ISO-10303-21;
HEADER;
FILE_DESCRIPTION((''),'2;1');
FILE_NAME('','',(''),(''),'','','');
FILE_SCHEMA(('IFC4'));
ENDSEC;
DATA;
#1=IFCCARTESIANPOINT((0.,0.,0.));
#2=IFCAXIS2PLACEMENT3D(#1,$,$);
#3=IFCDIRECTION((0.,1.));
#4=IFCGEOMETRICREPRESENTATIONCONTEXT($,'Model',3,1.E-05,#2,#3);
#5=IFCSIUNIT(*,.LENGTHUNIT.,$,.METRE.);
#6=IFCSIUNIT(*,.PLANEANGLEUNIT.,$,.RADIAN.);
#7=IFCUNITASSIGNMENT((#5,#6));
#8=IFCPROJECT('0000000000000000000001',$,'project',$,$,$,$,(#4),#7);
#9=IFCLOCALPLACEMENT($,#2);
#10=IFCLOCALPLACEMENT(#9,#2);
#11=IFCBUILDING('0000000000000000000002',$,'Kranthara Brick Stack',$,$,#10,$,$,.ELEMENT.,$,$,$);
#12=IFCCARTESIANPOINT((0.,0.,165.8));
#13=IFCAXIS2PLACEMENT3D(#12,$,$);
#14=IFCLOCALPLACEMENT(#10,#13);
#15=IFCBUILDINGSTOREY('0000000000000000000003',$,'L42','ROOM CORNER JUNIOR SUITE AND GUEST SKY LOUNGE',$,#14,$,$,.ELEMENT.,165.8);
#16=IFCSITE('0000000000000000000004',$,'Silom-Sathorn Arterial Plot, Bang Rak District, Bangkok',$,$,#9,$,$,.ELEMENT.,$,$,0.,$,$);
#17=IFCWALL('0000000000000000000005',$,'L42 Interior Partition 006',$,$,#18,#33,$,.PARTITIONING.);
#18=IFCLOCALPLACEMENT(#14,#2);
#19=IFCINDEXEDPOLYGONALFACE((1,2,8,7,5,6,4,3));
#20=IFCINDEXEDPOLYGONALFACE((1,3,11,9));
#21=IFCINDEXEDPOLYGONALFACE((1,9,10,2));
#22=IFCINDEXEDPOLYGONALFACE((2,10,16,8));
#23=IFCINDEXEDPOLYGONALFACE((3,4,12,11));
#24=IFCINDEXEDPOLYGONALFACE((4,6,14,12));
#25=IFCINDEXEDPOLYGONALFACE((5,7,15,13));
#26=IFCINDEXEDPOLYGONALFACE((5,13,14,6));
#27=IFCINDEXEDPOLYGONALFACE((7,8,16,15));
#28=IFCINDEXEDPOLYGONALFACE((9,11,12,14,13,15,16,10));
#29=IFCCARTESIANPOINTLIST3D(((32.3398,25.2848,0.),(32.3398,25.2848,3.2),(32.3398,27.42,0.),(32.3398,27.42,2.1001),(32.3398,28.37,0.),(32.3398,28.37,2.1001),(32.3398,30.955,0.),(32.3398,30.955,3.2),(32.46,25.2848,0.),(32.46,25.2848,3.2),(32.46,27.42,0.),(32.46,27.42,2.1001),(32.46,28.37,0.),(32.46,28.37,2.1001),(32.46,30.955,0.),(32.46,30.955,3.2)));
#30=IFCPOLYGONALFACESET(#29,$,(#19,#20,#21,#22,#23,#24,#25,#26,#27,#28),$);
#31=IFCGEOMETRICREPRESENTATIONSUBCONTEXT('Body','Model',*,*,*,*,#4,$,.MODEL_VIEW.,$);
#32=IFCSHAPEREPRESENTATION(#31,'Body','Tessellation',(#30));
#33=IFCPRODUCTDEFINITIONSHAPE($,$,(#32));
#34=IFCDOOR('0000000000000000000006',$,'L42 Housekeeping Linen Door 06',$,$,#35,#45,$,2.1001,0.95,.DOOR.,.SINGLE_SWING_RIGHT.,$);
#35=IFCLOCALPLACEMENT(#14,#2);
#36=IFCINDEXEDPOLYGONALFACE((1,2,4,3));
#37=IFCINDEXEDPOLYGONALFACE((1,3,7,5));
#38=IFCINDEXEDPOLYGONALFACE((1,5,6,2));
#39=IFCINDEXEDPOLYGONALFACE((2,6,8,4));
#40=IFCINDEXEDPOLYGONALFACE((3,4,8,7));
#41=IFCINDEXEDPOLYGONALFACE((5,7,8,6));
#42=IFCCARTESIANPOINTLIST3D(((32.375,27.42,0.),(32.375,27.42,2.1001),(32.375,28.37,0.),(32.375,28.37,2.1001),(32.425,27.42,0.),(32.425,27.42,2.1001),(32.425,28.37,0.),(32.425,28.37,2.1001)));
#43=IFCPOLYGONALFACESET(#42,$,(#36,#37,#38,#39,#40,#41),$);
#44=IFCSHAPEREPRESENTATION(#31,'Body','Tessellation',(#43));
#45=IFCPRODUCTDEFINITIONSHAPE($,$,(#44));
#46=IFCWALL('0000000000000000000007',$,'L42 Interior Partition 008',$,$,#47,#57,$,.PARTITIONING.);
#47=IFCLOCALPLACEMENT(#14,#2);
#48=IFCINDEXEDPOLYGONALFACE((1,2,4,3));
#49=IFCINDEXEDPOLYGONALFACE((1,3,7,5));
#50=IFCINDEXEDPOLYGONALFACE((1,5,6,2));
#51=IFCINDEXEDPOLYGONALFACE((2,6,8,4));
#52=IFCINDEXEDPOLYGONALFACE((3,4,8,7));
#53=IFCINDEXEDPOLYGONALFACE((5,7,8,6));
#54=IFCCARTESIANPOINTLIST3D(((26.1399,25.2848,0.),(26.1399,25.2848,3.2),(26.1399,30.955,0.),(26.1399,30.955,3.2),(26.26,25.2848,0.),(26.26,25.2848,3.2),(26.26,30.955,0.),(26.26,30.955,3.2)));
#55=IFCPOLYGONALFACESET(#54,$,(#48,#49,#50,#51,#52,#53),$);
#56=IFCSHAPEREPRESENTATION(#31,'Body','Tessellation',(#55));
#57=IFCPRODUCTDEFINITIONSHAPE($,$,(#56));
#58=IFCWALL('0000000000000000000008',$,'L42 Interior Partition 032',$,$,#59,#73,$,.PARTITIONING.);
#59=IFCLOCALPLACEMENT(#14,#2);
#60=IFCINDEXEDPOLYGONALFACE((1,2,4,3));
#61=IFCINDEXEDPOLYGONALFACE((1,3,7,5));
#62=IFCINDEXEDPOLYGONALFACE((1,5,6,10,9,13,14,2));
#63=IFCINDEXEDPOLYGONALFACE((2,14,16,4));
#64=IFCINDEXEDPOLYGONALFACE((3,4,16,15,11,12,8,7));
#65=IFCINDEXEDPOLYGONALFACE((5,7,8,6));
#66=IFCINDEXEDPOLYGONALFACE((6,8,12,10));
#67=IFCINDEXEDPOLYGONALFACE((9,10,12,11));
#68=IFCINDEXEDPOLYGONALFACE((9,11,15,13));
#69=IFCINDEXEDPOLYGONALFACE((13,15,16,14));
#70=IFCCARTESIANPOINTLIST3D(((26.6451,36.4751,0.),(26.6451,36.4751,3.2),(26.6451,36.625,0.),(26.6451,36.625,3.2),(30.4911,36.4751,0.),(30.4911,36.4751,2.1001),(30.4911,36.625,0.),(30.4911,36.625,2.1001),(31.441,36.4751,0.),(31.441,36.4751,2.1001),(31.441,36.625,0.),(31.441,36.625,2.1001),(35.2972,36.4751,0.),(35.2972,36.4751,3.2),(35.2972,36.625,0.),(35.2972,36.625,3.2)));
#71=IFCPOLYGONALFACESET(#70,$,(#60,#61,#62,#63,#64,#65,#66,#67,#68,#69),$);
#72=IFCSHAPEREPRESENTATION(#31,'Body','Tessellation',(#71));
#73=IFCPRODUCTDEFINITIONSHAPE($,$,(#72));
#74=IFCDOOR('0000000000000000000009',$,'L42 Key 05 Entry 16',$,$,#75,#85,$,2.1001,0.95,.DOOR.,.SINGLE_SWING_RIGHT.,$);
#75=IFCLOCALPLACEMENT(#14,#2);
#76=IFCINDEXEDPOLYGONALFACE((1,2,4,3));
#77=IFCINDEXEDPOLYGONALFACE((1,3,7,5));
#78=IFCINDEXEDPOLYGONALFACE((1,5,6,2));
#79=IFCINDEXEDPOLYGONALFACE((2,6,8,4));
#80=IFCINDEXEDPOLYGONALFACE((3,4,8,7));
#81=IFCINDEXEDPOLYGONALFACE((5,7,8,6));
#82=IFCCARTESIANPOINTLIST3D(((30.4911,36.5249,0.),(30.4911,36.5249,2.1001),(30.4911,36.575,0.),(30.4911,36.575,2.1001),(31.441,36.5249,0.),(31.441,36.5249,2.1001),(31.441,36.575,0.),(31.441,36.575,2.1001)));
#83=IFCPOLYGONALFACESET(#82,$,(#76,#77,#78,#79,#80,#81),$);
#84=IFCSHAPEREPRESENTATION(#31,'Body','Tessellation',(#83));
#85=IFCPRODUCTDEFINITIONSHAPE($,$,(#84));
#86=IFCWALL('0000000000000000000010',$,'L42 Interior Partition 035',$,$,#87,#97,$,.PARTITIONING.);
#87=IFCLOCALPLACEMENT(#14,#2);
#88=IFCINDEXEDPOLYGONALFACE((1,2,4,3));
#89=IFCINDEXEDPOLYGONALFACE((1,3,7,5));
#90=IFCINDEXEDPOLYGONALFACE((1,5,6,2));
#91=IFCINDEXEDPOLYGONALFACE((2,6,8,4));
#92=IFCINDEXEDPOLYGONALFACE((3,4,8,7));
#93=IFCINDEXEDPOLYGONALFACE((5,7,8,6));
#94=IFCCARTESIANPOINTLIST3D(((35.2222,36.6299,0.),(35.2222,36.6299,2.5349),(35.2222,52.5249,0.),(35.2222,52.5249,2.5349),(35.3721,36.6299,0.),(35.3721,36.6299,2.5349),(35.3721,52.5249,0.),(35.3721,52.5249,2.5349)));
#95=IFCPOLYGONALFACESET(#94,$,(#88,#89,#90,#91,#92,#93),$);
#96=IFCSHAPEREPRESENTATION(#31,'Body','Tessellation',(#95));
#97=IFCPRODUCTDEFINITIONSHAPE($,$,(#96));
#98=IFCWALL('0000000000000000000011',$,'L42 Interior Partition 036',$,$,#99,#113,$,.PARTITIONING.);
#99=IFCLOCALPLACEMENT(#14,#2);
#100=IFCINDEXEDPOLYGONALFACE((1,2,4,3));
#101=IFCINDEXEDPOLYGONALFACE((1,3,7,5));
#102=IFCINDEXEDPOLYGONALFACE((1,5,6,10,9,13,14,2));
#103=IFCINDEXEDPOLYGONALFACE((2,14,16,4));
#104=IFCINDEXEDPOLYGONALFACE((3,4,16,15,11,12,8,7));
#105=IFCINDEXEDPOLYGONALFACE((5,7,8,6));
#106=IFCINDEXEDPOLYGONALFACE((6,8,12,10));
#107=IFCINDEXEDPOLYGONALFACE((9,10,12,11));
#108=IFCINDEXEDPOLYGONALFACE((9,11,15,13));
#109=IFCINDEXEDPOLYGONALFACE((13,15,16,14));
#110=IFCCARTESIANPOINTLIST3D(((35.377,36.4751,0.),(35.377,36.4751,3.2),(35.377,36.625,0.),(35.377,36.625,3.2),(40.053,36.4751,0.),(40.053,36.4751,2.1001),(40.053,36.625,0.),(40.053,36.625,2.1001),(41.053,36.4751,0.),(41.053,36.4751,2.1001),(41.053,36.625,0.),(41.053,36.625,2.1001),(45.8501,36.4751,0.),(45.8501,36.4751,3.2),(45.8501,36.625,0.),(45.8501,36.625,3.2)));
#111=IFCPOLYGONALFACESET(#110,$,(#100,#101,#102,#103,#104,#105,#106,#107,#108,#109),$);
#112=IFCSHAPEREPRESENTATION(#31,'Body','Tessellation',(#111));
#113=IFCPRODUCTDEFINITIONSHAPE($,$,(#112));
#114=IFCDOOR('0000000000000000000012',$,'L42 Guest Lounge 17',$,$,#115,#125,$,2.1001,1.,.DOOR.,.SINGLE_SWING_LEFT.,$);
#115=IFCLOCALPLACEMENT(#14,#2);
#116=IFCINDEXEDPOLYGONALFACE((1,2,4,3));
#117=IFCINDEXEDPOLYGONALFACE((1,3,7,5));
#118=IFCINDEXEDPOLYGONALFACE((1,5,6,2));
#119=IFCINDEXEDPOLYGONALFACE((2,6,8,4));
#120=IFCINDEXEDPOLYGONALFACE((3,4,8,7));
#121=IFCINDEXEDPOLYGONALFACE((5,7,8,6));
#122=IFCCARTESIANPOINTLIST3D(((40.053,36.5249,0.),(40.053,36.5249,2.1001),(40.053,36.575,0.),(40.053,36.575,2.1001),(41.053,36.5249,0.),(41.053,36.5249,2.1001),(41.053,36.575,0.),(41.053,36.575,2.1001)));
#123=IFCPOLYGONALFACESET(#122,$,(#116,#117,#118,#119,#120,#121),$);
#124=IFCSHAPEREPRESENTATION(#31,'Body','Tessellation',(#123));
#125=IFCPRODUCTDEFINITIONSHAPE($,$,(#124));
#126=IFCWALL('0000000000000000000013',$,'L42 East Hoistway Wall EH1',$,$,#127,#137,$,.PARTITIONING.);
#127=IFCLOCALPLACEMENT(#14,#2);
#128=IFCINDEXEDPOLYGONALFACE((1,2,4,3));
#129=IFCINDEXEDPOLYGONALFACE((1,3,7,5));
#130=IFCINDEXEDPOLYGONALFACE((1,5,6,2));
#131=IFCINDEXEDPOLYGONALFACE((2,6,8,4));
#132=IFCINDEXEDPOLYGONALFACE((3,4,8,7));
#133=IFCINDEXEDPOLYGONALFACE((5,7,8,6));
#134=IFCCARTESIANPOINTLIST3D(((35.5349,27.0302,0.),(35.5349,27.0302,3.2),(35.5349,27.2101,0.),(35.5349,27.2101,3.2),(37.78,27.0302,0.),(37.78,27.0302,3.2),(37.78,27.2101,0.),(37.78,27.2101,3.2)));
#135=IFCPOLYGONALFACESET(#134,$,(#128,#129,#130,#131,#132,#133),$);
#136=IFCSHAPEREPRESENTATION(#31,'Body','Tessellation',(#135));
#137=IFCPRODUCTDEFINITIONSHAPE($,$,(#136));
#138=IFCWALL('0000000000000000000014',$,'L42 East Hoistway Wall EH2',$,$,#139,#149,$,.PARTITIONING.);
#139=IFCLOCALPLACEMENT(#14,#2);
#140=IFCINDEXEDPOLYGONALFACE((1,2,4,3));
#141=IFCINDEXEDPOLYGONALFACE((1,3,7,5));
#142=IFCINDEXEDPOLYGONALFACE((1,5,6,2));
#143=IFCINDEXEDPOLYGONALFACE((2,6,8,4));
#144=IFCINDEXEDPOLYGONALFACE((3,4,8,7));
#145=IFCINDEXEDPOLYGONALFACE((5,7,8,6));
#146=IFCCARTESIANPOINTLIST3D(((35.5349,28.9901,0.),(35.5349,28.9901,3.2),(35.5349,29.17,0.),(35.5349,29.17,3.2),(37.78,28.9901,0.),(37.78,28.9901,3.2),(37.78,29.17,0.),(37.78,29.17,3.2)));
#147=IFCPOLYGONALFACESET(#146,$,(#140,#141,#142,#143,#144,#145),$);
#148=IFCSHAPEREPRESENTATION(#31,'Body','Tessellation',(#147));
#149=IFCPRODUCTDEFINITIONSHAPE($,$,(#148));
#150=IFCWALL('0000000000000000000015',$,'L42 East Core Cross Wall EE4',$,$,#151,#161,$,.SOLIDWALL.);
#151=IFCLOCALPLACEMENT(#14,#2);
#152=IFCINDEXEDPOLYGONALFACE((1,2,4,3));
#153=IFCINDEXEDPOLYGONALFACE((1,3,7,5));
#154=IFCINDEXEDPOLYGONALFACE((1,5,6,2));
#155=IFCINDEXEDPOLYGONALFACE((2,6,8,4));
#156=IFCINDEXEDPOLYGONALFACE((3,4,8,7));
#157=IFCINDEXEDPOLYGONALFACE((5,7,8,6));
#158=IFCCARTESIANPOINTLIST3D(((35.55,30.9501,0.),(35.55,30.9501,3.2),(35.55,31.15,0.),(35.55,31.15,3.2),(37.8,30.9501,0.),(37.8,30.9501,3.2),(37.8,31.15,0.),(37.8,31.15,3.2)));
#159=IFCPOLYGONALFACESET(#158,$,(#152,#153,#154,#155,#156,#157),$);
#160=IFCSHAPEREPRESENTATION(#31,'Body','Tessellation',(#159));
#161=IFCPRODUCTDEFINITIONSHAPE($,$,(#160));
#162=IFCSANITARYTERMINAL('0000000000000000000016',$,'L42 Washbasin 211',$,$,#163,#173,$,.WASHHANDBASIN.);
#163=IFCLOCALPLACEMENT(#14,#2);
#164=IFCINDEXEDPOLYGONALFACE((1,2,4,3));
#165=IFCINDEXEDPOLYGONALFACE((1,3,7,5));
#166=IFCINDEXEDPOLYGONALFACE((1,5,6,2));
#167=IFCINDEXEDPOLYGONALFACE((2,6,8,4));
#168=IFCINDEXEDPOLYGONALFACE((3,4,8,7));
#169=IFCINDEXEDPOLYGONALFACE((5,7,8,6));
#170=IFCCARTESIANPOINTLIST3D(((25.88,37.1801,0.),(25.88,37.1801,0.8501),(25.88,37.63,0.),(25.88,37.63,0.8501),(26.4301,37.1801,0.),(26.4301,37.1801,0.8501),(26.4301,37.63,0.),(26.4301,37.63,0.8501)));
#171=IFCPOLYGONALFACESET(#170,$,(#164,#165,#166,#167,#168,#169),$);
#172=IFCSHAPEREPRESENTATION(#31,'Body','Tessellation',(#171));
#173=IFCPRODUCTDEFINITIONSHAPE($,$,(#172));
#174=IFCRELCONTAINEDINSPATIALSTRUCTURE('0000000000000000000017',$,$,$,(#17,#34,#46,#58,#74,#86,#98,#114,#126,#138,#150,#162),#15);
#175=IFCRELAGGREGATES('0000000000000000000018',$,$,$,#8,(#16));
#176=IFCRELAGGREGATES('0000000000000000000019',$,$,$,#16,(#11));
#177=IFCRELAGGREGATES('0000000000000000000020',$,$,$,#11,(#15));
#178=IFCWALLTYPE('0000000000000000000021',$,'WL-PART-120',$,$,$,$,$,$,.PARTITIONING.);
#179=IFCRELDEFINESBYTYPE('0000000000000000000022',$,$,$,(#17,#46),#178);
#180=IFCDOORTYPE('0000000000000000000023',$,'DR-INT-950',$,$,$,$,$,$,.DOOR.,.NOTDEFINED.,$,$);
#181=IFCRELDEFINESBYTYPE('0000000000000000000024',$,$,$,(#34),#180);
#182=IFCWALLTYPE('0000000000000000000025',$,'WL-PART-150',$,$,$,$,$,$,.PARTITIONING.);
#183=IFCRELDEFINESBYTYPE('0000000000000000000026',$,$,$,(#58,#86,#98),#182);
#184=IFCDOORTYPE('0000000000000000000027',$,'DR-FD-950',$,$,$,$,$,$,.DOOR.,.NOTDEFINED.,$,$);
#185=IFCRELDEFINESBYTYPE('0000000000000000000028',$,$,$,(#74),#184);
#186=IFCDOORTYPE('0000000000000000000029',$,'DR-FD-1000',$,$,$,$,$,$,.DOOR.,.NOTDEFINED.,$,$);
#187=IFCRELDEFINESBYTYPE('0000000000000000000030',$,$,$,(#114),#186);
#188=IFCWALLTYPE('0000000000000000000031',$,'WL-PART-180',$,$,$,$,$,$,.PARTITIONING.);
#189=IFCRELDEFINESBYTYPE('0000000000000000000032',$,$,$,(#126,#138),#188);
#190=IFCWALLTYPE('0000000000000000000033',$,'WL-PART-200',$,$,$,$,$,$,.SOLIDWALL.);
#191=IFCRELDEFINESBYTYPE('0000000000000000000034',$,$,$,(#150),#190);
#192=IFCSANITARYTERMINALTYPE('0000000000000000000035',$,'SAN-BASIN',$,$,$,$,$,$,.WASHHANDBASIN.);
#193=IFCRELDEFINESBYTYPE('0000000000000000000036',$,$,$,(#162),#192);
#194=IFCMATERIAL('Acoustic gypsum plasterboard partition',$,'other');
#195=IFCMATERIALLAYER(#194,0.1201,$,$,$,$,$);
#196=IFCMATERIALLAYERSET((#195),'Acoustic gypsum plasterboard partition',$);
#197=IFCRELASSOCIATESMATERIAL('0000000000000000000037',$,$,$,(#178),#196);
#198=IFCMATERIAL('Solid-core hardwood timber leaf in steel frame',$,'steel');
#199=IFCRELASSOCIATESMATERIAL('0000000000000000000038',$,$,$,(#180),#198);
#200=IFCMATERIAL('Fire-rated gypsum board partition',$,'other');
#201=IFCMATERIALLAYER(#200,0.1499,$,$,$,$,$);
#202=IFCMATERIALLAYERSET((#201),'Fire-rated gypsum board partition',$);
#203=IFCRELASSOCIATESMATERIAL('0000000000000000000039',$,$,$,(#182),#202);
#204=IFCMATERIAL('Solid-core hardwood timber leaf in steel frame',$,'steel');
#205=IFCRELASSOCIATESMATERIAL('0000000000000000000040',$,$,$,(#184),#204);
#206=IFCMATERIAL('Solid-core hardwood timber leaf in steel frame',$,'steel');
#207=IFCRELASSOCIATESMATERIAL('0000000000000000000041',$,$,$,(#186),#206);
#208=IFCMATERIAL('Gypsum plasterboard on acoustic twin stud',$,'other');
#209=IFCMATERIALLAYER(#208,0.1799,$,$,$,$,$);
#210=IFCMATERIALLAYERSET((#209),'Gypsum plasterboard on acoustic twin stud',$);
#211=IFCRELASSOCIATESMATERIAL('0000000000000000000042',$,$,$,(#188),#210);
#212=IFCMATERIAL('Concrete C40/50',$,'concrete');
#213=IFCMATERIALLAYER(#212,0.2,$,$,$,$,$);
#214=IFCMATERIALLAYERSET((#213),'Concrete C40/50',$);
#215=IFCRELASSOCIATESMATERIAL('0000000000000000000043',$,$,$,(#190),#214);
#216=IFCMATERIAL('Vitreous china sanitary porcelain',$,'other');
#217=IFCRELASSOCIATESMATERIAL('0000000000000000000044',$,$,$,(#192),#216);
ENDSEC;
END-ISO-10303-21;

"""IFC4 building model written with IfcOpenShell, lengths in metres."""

from ifc_helpers import new_model, si_unit, direction, frame, frame_2d, origin, origin_2d, place, context, subcontext, project, spatial, rectangle, extrude, material, layer, layer_set, type_object, element, fill, save


model = new_model("IFC4")

# Units and contexts
model_context = context("Model", 3, precision=1e-05, world=origin(), true_north=direction((0.0, 1.0)))
body_context = subcontext(model_context, "Body", "Model", "MODEL_VIEW")
ifc_project = project(units=[si_unit("LENGTHUNIT", "METRE"), si_unit("PLANEANGLEUNIT", "RADIAN")], contexts=[model_context])

# Site, building, storey
site_placement = place(None, origin())
site = spatial("IfcSite", under=ifc_project, at=site_placement, Name="Silom-Sathorn Arterial Plot, Bang Rak District, Bangkok", CompositionType="ELEMENT", RefElevation=0.0)
building_placement = place(site_placement, origin())
building = spatial("IfcBuilding", under=site, at=building_placement, Name="Kranthara Brick Stack", CompositionType="ELEMENT")
storey_placement = place(building_placement, frame((0.0, 0.0, 165.8)))
storey = spatial("IfcBuildingStorey", under=building, at=storey_placement, Name="L42", Description="ROOM CORNER JUNIOR SUITE AND GUEST SKY LOUNGE", CompositionType="ELEMENT", Elevation=165.8)

# Wall, opening, door
ifc_material_1 = material(Name="Acoustic gypsum plasterboard partition", Category="other")
ifc_layer_1 = layer(ifc_material_1, 0.1201)
ifc_layer_set_1 = layer_set([ifc_layer_1], Name="Acoustic gypsum plasterboard partition")
wall_type_1 = type_object("IfcWallType", Name="WL-PART-120", PredefinedType="PARTITIONING", material=ifc_layer_set_1)
wall_1_placement = place(storey_placement, frame((32.3999, 25.2849, 0.0), z_axis=(0.0, 0.0, 1.0), x_axis=(0.0, 1.0, 0.0)))
wall_1 = element("IfcWall", 1, at=wall_1_placement, inside=storey, type_object=wall_type_1, Name="L42 Interior Partition 006", PredefinedType="PARTITIONING", context=body_context, shape_type="SweptSolid", body=[
    extrude(rectangle(XDim=5.6702, YDim=0.1201, at=frame_2d((2.835, 0.0))), origin(), (0.0, 0.0, 1.0), 3.2),
])
opening_1_placement = place(wall_1_placement, frame((2.135, 0.0, 0.0)))
opening_1 = element("IfcOpeningElement", 2, at=opening_1_placement, cuts=wall_1, PredefinedType="OPENING", context=body_context, shape_type="SweptSolid", body=[
    extrude(rectangle(XDim=0.95, YDim=2.1001, at=frame_2d((0.4751, 1.05))), frame((0.0, 0.0701, 0.0), z_axis=(0.0, -1.0, 0.0), x_axis=(1.0, 0.0, 0.0)), (0.0, 0.0, 1.0), 0.1401),
])
ifc_material_2 = material(Name="Solid-core hardwood timber leaf in steel frame", Category="steel")
door_type_1 = type_object("IfcDoorType", Name="DR-INT-950", OperationType="NOTDEFINED", PredefinedType="DOOR", material=ifc_material_2)
door_1_placement = place(opening_1_placement, origin())
door_1 = element("IfcDoor", 3, at=door_1_placement, inside=storey, type_object=door_type_1, Name="L42 Housekeeping Linen Door 06", OperationType="SINGLE_SWING_RIGHT", OverallHeight=2.1001, OverallWidth=0.95, PredefinedType="DOOR", context=body_context, shape_type="SweptSolid", body=[
    extrude(rectangle(XDim=0.95, YDim=2.1001, at=frame_2d((0.4751, 1.05))), frame((0.0, 0.0249, 0.0), z_axis=(0.0, -1.0, 0.0), x_axis=(1.0, 0.0, 0.0)), (0.0, 0.0, 1.0), 0.05),
])
fill(opening_1, door_1)

# Wall
wall_2_placement = place(storey_placement, frame((26.2, 25.2849, 0.0), z_axis=(0.0, 0.0, 1.0), x_axis=(0.0, 1.0, 0.0)))
element("IfcWall", 4, at=wall_2_placement, inside=storey, type_object=wall_type_1, Name="L42 Interior Partition 008", PredefinedType="PARTITIONING", context=body_context, shape_type="SweptSolid", body=[
    extrude(rectangle(XDim=5.6702, YDim=0.1201, at=frame_2d((2.835, 0.0))), origin(), (0.0, 0.0, 1.0), 3.2),
])

# Wall, opening, door
ifc_material_3 = material(Name="Fire-rated gypsum board partition", Category="other")
ifc_layer_2 = layer(ifc_material_3, 0.1499)
ifc_layer_set_2 = layer_set([ifc_layer_2], Name="Fire-rated gypsum board partition")
wall_type_2 = type_object("IfcWallType", Name="WL-PART-150", PredefinedType="PARTITIONING", material=ifc_layer_set_2)
wall_3_placement = place(storey_placement, frame((26.645, 36.55, 0.0), z_axis=(0.0, 0.0, 1.0), x_axis=(1.0, 0.0, 0.0)))
wall_3 = element("IfcWall", 5, at=wall_3_placement, inside=storey, type_object=wall_type_2, Name="L42 Interior Partition 032", PredefinedType="PARTITIONING", context=body_context, shape_type="SweptSolid", body=[
    extrude(rectangle(XDim=8.6521, YDim=0.1499, at=frame_2d((4.3262, 0.0))), origin(), (0.0, 0.0, 1.0), 3.2),
])
opening_2_placement = place(wall_3_placement, frame((3.8459, 0.0, 0.0)))
opening_2 = element("IfcOpeningElement", 6, at=opening_2_placement, cuts=wall_3, PredefinedType="OPENING", context=body_context, shape_type="SweptSolid", body=[
    extrude(rectangle(XDim=0.95, YDim=2.1001, at=frame_2d((0.4751, 1.05))), frame((0.0, 0.085, 0.0), z_axis=(0.0, -1.0, 0.0), x_axis=(1.0, 0.0, 0.0)), (0.0, 0.0, 1.0), 0.1699),
])
ifc_material_4 = material(Name="Solid-core hardwood timber leaf in steel frame", Category="steel")
door_type_2 = type_object("IfcDoorType", Name="DR-FD-950", OperationType="NOTDEFINED", PredefinedType="DOOR", material=ifc_material_4)
door_2_placement = place(opening_2_placement, origin())
door_2 = element("IfcDoor", 7, at=door_2_placement, inside=storey, type_object=door_type_2, Name="L42 Key 05 Entry 16", OperationType="SINGLE_SWING_RIGHT", OverallHeight=2.1001, OverallWidth=0.95, PredefinedType="DOOR", context=body_context, shape_type="SweptSolid", body=[
    extrude(rectangle(XDim=0.95, YDim=2.1001, at=frame_2d((0.4751, 1.05))), frame((0.0, 0.0249, 0.0), z_axis=(0.0, -1.0, 0.0), x_axis=(1.0, 0.0, 0.0)), (0.0, 0.0, 1.0), 0.05),
])
fill(opening_2, door_2)

# Wall
wall_4_placement = place(storey_placement, frame((35.2971, 36.6299, 0.0), z_axis=(0.0, 0.0, 1.0), x_axis=(0.0, 1.0, 0.0)))
element("IfcWall", 8, at=wall_4_placement, inside=storey, type_object=wall_type_2, Name="L42 Interior Partition 035", PredefinedType="PARTITIONING", context=body_context, shape_type="SweptSolid", body=[
    extrude(rectangle(XDim=15.895, YDim=0.1499, at=frame_2d((7.9475, 0.0))), origin(), (0.0, 0.0, 1.0), 2.5349),
])

# Wall, opening, door
wall_5_placement = place(storey_placement, frame((35.377, 36.55, 0.0), z_axis=(0.0, 0.0, 1.0), x_axis=(1.0, 0.0, 0.0)))
wall_5 = element("IfcWall", 9, at=wall_5_placement, inside=storey, type_object=wall_type_2, Name="L42 Interior Partition 036", PredefinedType="PARTITIONING", context=body_context, shape_type="SweptSolid", body=[
    extrude(rectangle(XDim=10.4731, YDim=0.1499, at=frame_2d((5.2366, 0.0))), origin(), (0.0, 0.0, 1.0), 3.2),
])
opening_3_placement = place(wall_5_placement, frame((4.676, 0.0, 0.0)))
opening_3 = element("IfcOpeningElement", 10, at=opening_3_placement, cuts=wall_5, PredefinedType="OPENING", context=body_context, shape_type="SweptSolid", body=[
    extrude(rectangle(XDim=1.0, YDim=2.1001, at=frame_2d((0.5, 1.05))), frame((0.0, 0.085, 0.0), z_axis=(0.0, -1.0, 0.0), x_axis=(1.0, 0.0, 0.0)), (0.0, 0.0, 1.0), 0.1699),
])
ifc_material_5 = material(Name="Solid-core hardwood timber leaf in steel frame", Category="steel")
door_type_3 = type_object("IfcDoorType", Name="DR-FD-1000", OperationType="NOTDEFINED", PredefinedType="DOOR", material=ifc_material_5)
door_3_placement = place(opening_3_placement, origin())
door_3 = element("IfcDoor", 11, at=door_3_placement, inside=storey, type_object=door_type_3, Name="L42 Guest Lounge 17", OperationType="SINGLE_SWING_LEFT", OverallHeight=2.1001, OverallWidth=1.0, PredefinedType="DOOR", context=body_context, shape_type="SweptSolid", body=[
    extrude(rectangle(XDim=1.0, YDim=2.1001, at=frame_2d((0.5, 1.05))), frame((0.0, 0.0249, 0.0), z_axis=(0.0, -1.0, 0.0), x_axis=(1.0, 0.0, 0.0)), (0.0, 0.0, 1.0), 0.05),
])
fill(opening_3, door_3)

# Walls
ifc_material_6 = material(Name="Gypsum plasterboard on acoustic twin stud", Category="other")
ifc_layer_3 = layer(ifc_material_6, 0.1799)
ifc_layer_set_3 = layer_set([ifc_layer_3], Name="Gypsum plasterboard on acoustic twin stud")
wall_type_3 = type_object("IfcWallType", Name="WL-PART-180", PredefinedType="PARTITIONING", material=ifc_layer_set_3)
for number, where, z_axis, x_axis, name in (
    (12, (35.5349, 27.1201, 0.0), (0.0, 0.0, 1.0), (1.0, 0.0, 0.0), "L42 East Hoistway Wall EH1"),
    (13, (35.5349, 29.0801, 0.0), (0.0, 0.0, 1.0), (1.0, 0.0, 0.0), "L42 East Hoistway Wall EH2"),
):
    element("IfcWall", number, at=place(storey_placement, frame(where, z_axis=z_axis, x_axis=x_axis)), inside=storey, type_object=wall_type_3, Name=name, PredefinedType="PARTITIONING", context=body_context, shape_type="SweptSolid", body=[
        extrude(rectangle(XDim=2.2451, YDim=0.1799, at=frame_2d((1.1226, 0.0))), origin(), (0.0, 0.0, 1.0), 3.2),
    ])
ifc_material_7 = material(Name="Concrete C40/50", Category="concrete")
ifc_layer_4 = layer(ifc_material_7, 0.2)
ifc_layer_set_4 = layer_set([ifc_layer_4], Name="Concrete C40/50")
wall_type_4 = type_object("IfcWallType", Name="WL-PART-200", PredefinedType="SOLIDWALL", material=ifc_layer_set_4)
wall_6_placement = place(storey_placement, frame((35.55, 31.05, 0.0), z_axis=(0.0, 0.0, 1.0), x_axis=(1.0, 0.0, 0.0)))
element("IfcWall", 14, at=wall_6_placement, inside=storey, type_object=wall_type_4, Name="L42 East Core Cross Wall EE4", PredefinedType="SOLIDWALL", context=body_context, shape_type="SweptSolid", body=[
    extrude(rectangle(XDim=2.25, YDim=0.2, at=frame_2d((1.125, 0.0))), origin(), (0.0, 0.0, 1.0), 3.2),
])

# Sanitary terminal
ifc_material_8 = material(Name="Vitreous china sanitary porcelain", Category="other")
sanitary_terminal_type_1 = type_object("IfcSanitaryTerminalType", Name="SAN-BASIN", PredefinedType="WASHHANDBASIN", material=ifc_material_8)
sanitary_terminal_1_placement = place(storey_placement, frame((26.155, 37.405, 0.0), z_axis=(0.0, 0.0, 1.0), x_axis=(1.0, 0.0, 0.0)))
element("IfcSanitaryTerminal", 15, at=sanitary_terminal_1_placement, inside=storey, type_object=sanitary_terminal_type_1, Name="L42 Washbasin 211", PredefinedType="WASHHANDBASIN", context=body_context, shape_type="SweptSolid", body=[
    extrude(rectangle(XDim=0.55, YDim=0.45, at=origin_2d()), origin(), (0.0, 0.0, 1.0), 0.8501),
])

save(model, "model.ifc")
